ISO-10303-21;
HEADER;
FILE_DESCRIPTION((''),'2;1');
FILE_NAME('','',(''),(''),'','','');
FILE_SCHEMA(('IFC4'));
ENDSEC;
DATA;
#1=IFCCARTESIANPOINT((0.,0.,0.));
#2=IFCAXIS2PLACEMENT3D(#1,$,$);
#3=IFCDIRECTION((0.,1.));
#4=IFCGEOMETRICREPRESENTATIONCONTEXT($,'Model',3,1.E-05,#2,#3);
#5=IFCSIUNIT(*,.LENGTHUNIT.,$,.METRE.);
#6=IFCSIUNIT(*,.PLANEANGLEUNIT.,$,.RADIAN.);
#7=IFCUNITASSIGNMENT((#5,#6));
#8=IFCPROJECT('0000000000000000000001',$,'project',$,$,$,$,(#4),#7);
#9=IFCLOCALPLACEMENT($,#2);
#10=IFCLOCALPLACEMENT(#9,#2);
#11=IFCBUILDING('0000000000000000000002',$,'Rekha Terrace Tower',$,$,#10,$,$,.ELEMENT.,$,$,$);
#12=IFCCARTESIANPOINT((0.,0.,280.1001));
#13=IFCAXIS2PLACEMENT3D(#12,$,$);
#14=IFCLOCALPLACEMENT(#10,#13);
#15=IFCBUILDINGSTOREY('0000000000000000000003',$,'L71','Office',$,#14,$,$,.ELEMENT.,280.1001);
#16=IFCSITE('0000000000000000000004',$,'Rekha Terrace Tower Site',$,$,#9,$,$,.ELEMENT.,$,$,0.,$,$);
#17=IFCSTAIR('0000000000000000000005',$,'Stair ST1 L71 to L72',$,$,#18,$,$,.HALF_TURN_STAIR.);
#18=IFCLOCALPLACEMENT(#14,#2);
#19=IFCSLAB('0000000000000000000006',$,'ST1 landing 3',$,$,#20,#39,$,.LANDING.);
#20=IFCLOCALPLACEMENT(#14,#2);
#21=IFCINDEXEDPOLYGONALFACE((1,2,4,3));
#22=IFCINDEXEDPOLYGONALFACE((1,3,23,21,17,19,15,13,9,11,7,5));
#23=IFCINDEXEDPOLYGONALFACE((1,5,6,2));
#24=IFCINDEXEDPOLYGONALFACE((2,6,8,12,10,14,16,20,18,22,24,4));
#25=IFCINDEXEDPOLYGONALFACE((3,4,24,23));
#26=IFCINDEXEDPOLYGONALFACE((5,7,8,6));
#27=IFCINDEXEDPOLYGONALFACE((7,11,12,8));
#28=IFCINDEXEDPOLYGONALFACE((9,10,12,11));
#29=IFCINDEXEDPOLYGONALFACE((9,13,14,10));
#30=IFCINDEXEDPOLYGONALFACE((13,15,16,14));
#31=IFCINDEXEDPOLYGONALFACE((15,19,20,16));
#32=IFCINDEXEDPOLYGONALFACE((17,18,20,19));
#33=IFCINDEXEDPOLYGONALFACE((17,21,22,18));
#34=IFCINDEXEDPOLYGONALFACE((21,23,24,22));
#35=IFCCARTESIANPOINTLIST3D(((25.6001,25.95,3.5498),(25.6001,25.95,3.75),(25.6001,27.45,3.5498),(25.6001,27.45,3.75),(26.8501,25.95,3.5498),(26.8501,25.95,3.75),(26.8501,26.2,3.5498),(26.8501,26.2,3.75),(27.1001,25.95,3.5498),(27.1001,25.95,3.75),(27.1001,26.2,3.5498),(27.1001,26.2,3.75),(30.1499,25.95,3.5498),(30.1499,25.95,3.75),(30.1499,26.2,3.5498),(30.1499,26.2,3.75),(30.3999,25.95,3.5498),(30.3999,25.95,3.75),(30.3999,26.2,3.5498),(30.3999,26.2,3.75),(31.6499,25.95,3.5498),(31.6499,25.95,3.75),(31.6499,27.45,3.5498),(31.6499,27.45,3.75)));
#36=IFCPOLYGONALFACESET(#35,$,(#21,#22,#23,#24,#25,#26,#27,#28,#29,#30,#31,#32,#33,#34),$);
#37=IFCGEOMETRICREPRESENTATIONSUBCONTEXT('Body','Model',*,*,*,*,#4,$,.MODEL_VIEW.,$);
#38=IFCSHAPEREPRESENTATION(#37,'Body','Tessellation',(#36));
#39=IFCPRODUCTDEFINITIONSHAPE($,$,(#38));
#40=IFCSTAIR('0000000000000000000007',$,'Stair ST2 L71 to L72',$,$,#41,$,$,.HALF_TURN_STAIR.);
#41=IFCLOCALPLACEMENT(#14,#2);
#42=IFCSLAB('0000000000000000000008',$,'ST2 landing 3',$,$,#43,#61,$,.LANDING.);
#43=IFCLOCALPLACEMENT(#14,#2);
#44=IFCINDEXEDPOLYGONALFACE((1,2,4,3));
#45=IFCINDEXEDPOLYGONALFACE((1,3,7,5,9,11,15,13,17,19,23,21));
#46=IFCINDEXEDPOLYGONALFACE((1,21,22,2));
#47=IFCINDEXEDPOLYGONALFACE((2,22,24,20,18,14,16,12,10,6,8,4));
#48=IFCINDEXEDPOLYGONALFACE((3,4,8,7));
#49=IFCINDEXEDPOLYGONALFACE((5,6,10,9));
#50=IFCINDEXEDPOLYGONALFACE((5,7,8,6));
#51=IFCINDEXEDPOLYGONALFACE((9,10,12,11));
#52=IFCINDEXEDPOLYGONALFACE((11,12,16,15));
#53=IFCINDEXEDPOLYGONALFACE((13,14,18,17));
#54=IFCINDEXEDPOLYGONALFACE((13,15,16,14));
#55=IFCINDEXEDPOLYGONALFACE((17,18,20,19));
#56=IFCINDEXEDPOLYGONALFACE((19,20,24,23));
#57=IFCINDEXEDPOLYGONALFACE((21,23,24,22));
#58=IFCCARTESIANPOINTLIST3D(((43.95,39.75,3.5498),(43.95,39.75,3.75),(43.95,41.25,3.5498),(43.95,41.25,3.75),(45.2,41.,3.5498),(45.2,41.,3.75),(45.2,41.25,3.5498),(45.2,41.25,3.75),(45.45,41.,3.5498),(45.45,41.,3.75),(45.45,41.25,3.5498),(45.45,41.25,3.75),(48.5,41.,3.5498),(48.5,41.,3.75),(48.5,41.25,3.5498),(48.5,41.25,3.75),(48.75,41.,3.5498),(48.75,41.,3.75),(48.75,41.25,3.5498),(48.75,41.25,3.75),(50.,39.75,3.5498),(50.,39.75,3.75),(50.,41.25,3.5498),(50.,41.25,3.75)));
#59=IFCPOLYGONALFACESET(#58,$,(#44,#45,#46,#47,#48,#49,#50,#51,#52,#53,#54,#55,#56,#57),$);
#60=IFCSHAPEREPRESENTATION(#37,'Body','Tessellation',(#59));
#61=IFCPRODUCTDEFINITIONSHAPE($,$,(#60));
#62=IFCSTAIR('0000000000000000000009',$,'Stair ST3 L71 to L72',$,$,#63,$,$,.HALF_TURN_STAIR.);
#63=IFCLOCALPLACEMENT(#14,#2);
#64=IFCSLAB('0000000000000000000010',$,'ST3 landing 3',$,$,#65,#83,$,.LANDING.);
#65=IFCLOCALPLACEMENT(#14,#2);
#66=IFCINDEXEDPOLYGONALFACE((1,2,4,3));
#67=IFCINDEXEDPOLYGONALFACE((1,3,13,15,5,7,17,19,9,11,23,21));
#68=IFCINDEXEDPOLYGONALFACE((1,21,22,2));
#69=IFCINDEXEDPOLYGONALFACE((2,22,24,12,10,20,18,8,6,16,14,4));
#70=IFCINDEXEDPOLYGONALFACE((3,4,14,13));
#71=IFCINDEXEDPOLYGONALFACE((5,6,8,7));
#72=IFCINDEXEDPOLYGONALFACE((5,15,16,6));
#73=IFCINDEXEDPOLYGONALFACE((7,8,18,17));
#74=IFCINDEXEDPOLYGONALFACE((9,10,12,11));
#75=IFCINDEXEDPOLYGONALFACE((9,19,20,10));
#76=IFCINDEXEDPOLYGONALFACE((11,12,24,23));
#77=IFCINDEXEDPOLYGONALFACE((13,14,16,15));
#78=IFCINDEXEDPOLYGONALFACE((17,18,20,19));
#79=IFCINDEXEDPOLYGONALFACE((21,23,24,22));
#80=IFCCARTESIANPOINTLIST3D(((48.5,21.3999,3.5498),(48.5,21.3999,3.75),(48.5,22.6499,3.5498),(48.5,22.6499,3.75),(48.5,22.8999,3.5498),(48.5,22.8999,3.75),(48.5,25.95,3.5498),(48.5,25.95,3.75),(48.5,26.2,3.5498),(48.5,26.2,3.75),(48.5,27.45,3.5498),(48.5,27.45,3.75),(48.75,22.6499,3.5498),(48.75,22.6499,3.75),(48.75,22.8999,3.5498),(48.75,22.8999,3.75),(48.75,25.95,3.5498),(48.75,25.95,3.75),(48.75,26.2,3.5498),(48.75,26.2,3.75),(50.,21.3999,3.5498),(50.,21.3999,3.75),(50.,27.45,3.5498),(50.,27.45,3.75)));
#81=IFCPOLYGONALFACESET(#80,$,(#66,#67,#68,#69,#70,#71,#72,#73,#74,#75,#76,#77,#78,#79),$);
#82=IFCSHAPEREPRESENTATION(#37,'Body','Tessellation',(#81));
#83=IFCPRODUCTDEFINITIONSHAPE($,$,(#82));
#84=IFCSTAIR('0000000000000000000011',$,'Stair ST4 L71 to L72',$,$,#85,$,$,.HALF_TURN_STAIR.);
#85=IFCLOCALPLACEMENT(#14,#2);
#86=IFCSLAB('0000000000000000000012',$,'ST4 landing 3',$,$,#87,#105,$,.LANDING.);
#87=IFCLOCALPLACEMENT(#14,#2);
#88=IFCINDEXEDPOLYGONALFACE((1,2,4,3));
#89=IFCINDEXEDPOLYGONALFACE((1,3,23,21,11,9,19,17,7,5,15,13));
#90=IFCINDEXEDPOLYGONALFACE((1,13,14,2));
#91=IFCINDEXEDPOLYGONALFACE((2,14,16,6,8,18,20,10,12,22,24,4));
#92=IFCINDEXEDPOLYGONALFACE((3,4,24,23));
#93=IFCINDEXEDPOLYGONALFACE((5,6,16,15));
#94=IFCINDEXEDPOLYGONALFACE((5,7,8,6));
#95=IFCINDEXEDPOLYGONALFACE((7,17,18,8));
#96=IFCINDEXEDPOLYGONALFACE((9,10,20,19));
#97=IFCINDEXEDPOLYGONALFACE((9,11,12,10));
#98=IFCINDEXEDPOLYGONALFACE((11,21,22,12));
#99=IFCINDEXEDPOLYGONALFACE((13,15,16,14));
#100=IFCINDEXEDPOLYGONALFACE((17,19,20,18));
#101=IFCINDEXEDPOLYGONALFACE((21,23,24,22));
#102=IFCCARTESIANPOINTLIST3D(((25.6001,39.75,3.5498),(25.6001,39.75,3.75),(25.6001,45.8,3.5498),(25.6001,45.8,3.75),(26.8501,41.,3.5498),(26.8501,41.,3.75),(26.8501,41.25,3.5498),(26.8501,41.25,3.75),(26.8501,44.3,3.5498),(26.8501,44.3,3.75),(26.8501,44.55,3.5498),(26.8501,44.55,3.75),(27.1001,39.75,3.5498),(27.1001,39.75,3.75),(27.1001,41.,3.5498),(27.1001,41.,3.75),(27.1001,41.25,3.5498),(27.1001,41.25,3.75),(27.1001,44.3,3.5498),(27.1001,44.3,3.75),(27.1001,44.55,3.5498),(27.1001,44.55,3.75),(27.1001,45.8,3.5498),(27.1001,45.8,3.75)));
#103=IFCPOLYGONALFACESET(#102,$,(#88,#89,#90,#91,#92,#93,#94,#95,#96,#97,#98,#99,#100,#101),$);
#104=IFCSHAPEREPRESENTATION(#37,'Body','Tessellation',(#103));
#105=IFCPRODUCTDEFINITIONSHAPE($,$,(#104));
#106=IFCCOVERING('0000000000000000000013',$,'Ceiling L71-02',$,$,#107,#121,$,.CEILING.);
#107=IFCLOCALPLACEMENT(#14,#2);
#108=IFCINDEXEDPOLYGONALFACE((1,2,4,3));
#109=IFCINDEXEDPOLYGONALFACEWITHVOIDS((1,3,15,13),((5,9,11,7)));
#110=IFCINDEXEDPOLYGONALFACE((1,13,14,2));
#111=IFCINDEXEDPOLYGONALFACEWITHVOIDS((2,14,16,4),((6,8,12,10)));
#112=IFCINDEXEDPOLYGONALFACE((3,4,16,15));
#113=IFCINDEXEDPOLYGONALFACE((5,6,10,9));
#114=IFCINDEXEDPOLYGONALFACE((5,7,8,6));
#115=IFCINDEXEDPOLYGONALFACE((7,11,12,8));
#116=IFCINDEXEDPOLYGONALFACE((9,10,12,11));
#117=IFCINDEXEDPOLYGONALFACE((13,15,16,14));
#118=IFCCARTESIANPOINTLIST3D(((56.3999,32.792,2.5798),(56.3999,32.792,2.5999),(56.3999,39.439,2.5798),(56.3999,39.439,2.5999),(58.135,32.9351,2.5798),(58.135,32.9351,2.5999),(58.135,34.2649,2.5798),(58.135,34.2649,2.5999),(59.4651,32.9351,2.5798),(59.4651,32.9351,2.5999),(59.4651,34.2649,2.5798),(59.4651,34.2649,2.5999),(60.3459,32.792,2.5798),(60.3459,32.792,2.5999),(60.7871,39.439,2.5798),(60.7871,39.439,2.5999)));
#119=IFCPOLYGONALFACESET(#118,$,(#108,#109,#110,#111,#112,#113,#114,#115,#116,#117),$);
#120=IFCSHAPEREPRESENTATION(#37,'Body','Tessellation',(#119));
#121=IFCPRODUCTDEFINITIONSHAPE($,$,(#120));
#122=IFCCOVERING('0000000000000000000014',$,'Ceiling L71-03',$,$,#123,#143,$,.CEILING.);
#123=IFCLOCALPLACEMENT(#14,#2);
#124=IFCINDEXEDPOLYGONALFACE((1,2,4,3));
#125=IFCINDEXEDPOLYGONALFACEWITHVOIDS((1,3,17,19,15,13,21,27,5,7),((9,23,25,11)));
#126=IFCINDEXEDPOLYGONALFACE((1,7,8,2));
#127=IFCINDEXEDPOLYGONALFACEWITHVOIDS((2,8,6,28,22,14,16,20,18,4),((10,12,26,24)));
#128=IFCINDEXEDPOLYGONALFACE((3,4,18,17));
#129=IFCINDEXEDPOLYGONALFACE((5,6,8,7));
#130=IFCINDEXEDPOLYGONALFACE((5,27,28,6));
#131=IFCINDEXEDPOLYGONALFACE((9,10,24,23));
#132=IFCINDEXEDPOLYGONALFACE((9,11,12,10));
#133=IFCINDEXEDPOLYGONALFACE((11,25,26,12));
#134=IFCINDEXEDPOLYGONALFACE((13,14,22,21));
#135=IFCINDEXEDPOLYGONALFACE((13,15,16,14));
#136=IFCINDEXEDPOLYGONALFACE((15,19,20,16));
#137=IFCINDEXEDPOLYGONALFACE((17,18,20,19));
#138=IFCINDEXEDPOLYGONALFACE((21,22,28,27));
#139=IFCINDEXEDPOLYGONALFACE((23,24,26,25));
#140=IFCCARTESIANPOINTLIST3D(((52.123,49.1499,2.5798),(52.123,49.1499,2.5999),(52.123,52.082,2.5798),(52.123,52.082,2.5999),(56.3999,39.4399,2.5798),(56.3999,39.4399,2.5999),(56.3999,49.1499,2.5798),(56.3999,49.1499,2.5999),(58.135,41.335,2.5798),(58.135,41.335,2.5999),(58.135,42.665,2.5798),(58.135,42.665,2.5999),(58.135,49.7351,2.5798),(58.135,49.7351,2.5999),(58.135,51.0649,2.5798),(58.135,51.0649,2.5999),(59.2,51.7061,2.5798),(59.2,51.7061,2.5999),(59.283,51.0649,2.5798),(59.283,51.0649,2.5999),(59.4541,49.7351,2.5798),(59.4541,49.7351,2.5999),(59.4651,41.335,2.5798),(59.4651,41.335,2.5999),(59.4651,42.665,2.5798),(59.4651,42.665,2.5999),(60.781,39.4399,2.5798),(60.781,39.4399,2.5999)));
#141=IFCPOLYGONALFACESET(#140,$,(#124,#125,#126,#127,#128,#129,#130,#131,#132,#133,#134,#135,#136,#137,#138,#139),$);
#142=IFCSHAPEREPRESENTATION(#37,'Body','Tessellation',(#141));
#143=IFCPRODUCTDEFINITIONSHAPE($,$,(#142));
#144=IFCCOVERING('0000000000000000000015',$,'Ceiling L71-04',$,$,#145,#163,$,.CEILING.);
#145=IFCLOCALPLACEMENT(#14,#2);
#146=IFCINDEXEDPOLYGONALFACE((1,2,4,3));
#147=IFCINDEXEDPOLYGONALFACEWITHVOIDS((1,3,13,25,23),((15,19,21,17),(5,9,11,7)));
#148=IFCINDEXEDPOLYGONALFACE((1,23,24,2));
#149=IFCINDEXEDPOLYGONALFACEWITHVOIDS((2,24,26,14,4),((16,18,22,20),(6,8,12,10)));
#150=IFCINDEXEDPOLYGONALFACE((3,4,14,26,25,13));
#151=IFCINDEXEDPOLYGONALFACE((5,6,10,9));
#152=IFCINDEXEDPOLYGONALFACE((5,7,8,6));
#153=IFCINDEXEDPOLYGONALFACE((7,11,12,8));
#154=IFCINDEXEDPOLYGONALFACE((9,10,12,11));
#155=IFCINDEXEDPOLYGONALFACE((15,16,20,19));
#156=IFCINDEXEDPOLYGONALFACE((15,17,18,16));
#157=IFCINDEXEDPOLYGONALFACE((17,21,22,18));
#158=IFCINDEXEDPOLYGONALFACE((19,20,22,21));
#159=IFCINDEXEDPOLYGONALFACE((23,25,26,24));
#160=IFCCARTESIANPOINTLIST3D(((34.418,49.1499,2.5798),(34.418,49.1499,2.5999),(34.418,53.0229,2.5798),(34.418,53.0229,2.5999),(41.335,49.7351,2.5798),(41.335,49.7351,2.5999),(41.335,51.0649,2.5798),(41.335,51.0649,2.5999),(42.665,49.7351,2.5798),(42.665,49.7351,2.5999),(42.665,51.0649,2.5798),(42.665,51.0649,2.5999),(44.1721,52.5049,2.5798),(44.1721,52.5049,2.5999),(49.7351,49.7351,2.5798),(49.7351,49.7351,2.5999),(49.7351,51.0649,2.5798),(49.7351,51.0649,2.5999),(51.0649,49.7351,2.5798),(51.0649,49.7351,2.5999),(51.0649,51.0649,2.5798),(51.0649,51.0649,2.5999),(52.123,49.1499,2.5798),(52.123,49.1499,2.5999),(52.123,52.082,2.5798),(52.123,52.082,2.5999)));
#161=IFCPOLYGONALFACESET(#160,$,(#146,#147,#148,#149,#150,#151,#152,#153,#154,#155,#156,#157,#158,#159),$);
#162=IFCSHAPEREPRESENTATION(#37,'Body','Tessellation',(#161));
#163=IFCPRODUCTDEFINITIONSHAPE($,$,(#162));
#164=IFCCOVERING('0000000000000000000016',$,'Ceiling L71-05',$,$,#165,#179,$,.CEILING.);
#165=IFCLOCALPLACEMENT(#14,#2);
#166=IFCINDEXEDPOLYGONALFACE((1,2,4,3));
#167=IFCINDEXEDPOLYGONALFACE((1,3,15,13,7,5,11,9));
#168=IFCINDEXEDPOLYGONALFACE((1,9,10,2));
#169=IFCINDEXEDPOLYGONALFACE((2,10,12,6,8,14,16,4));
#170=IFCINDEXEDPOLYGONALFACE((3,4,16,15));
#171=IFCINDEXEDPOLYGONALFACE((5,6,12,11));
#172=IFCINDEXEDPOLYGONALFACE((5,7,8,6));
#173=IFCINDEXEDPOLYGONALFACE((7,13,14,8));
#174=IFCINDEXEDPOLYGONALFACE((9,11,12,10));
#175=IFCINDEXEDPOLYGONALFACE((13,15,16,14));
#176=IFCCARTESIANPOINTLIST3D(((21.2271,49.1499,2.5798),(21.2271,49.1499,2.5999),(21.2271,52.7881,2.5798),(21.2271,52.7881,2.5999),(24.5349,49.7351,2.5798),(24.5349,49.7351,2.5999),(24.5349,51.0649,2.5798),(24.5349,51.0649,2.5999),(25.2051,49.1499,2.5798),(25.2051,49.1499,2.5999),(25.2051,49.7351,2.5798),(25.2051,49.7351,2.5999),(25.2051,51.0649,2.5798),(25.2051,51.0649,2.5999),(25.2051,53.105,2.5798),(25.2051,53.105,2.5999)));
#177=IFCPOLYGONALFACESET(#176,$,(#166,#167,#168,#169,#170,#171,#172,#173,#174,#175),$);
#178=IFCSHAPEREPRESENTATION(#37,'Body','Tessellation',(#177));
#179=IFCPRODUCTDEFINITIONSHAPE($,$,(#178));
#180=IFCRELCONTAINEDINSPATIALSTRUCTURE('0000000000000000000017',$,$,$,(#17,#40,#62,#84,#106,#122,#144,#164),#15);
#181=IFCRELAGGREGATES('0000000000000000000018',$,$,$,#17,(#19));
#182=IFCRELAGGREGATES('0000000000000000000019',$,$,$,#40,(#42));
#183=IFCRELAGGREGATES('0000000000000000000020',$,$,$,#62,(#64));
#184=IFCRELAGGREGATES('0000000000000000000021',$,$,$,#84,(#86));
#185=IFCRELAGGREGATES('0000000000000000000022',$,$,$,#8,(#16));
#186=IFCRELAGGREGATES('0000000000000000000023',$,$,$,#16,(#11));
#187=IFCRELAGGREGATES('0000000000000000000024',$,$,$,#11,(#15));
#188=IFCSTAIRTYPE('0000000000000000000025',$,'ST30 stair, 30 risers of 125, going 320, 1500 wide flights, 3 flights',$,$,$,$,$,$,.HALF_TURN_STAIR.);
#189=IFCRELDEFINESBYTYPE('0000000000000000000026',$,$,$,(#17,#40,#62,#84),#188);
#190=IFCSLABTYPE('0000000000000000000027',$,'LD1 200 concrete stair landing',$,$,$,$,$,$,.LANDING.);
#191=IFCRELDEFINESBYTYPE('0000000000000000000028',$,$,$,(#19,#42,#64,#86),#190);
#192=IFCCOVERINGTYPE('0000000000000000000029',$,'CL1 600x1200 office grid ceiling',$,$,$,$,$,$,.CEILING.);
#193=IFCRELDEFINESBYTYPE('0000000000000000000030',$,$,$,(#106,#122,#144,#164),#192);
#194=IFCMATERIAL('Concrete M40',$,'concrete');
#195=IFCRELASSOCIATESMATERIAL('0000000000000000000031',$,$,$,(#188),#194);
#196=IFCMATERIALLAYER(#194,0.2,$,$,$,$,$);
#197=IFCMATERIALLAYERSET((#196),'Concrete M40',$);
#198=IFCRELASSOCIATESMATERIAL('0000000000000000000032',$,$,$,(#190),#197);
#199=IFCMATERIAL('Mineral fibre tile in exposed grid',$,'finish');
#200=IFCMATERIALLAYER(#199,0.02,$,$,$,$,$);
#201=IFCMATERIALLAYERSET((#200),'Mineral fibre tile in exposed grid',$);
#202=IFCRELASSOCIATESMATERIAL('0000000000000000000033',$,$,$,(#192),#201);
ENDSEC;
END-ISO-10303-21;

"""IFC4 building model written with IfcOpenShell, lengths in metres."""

from ifc_helpers import new_model, si_unit, direction, frame, origin, place, context, subcontext, project, spatial, polyline, outline, extrude, material, layer, layer_set, type_object, element, aggregate, save


model = new_model("IFC4")

# Units and contexts
model_context = context("Model", 3, precision=1e-05, world=origin(), true_north=direction((0.0, 1.0)))
body_context = subcontext(model_context, "Body", "Model", "MODEL_VIEW")
ifc_project = project(units=[si_unit("LENGTHUNIT", "METRE"), si_unit("PLANEANGLEUNIT", "RADIAN")], contexts=[model_context])

# Site, building, storey
site_placement = place(None, origin())
site = spatial("IfcSite", under=ifc_project, at=site_placement, Name="Rekha Terrace Tower Site", CompositionType="ELEMENT", RefElevation=0.0)
building_placement = place(site_placement, origin())
building = spatial("IfcBuilding", under=site, at=building_placement, Name="Rekha Terrace Tower", CompositionType="ELEMENT")
storey_placement = place(building_placement, frame((0.0, 0.0, 280.1001)))
storey = spatial("IfcBuildingStorey", under=building, at=storey_placement, Name="L71", Description="Office", CompositionType="ELEMENT", Elevation=280.1001)

# Stairs, slabs
ifc_material_1 = material(Name="Concrete M40", Category="concrete")
stair_type = type_object("IfcStairType", Name="ST30 stair, 30 risers of 125, going 320, 1500 wide flights, 3 flights", PredefinedType="HALF_TURN_STAIR", material=ifc_material_1)
stair_1_placement = place(storey_placement, origin())
stair_1 = element("IfcStair", 1, at=stair_1_placement, inside=storey, type_object=stair_type, Name="Stair ST1 L71 to L72", PredefinedType="HALF_TURN_STAIR")
ifc_layer_1 = layer(ifc_material_1, 0.2)
ifc_layer_set_1 = layer_set([ifc_layer_1], Name="Concrete M40")
slab_type = type_object("IfcSlabType", Name="LD1 200 concrete stair landing", PredefinedType="LANDING", material=ifc_layer_set_1)
slab_1_placement = place(storey_placement, frame((0.0, 0.0, 3.5498)))
slab_1 = element("IfcSlab", 2, at=slab_1_placement, type_object=slab_type, Name="ST1 landing 3", PredefinedType="LANDING", context=body_context, shape_type="SweptSolid", body=[
    extrude(outline(polyline([(31.6499, 25.95), (31.6499, 27.45), (25.6001, 27.45), (25.6001, 25.95), (26.8501, 25.95), (26.8501, 26.2), (27.1001, 26.2), (27.1001, 25.95), (30.1499, 25.95), (30.1499, 26.2), (30.3999, 26.2), (30.3999, 25.95), (31.6499, 25.95)])), origin(), (0.0, 0.0, 1.0), 0.2002),
])
aggregate(stair_1, [slab_1])
stair_2_placement = place(storey_placement, origin())
stair_2 = element("IfcStair", 3, at=stair_2_placement, inside=storey, type_object=stair_type, Name="Stair ST2 L71 to L72", PredefinedType="HALF_TURN_STAIR")
slab_2_placement = place(storey_placement, frame((0.0, 0.0, 3.5498)))
slab_2 = element("IfcSlab", 4, at=slab_2_placement, type_object=slab_type, Name="ST2 landing 3", PredefinedType="LANDING", context=body_context, shape_type="SweptSolid", body=[
    extrude(outline(polyline([(43.95, 41.25), (43.95, 39.75), (50.0, 39.75), (50.0, 41.25), (48.75, 41.25), (48.75, 41.0), (48.5, 41.0), (48.5, 41.25), (45.45, 41.25), (45.45, 41.0), (45.2, 41.0), (45.2, 41.25), (43.95, 41.25)])), origin(), (0.0, 0.0, 1.0), 0.2002),
])
aggregate(stair_2, [slab_2])
stair_3_placement = place(storey_placement, origin())
stair_3 = element("IfcStair", 5, at=stair_3_placement, inside=storey, type_object=stair_type, Name="Stair ST3 L71 to L72", PredefinedType="HALF_TURN_STAIR")
slab_3_placement = place(storey_placement, frame((0.0, 0.0, 3.5498)))
slab_3 = element("IfcSlab", 6, at=slab_3_placement, type_object=slab_type, Name="ST3 landing 3", PredefinedType="LANDING", context=body_context, shape_type="SweptSolid", body=[
    extrude(outline(polyline([(48.5, 21.3999), (50.0, 21.3999), (50.0, 27.45), (48.5, 27.45), (48.5, 26.2), (48.75, 26.2), (48.75, 25.95), (48.5, 25.95), (48.5, 22.8999), (48.75, 22.8999), (48.75, 22.6499), (48.5, 22.6499), (48.5, 21.3999)])), origin(), (0.0, 0.0, 1.0), 0.2002),
])
aggregate(stair_3, [slab_3])
stair_4_placement = place(storey_placement, origin())
stair_4 = element("IfcStair", 7, at=stair_4_placement, inside=storey, type_object=stair_type, Name="Stair ST4 L71 to L72", PredefinedType="HALF_TURN_STAIR")
slab_4_placement = place(storey_placement, frame((0.0, 0.0, 3.5498)))
slab_4 = element("IfcSlab", 8, at=slab_4_placement, type_object=slab_type, Name="ST4 landing 3", PredefinedType="LANDING", context=body_context, shape_type="SweptSolid", body=[
    extrude(outline(polyline([(27.1001, 39.75), (25.6001, 39.75), (25.6001, 45.8), (27.1001, 45.8), (27.1001, 44.55), (26.8501, 44.55), (26.8501, 44.3), (27.1001, 44.3), (27.1001, 41.25), (26.8501, 41.25), (26.8501, 41.0), (27.1001, 41.0), (27.1001, 39.75)])), origin(), (0.0, 0.0, 1.0), 0.2002),
])
aggregate(stair_4, [slab_4])

# Coverings
ifc_material_2 = material(Name="Mineral fibre tile in exposed grid", Category="finish")
ifc_layer_2 = layer(ifc_material_2, 0.02)
ifc_layer_set_2 = layer_set([ifc_layer_2], Name="Mineral fibre tile in exposed grid")
covering_type_1 = type_object("IfcCoveringType", Name="CL1 600x1200 office grid ceiling", PredefinedType="CEILING", material=ifc_layer_set_2)
covering_1_placement = place(storey_placement, frame((0.0, 0.0, 2.5798)))
element("IfcCovering", 9, at=covering_1_placement, inside=storey, type_object=covering_type_1, Name="Ceiling L71-02", PredefinedType="CEILING", context=body_context, shape_type="SweptSolid", body=[
    extrude(outline(polyline([(56.3999, 32.792), (60.3459, 32.792), (60.7871, 39.439), (56.3999, 39.439), (56.3999, 32.792)]), holes=[polyline([(59.4651, 34.2649), (59.4651, 32.9351), (58.135, 32.9351), (58.135, 34.2649), (59.4651, 34.2649)])]), origin(), (0.0, 0.0, 1.0), 0.02),
])
covering_2_placement = place(storey_placement, frame((0.0, 0.0, 2.5798)))
element("IfcCovering", 10, at=covering_2_placement, inside=storey, type_object=covering_type_1, Name="Ceiling L71-03", PredefinedType="CEILING", context=body_context, shape_type="SweptSolid", body=[
    extrude(outline(polyline([(59.2, 51.7061), (52.123, 52.082), (52.123, 49.1499), (56.3999, 49.1499), (56.3999, 39.4399), (60.781, 39.4399), (59.4541, 49.7351), (58.135, 49.7351), (58.135, 51.0649), (59.283, 51.0649), (59.2, 51.7061)]), holes=[polyline([(59.4651, 41.335), (58.135, 41.335), (58.135, 42.665), (59.4651, 42.665), (59.4651, 41.335)])]), origin(), (0.0, 0.0, 1.0), 0.02),
])
covering_3_placement = place(storey_placement, frame((0.0, 0.0, 2.5798)))
element("IfcCovering", 11, at=covering_3_placement, inside=storey, type_object=covering_type_1, Name="Ceiling L71-04", PredefinedType="CEILING", context=body_context, shape_type="SweptSolid", body=[
    extrude(outline(polyline([(52.123, 49.1499), (52.123, 52.082), (44.1721, 52.5049), (34.418, 53.0229), (34.418, 49.1499), (52.123, 49.1499)]), holes=[polyline([(51.0649, 51.0649), (51.0649, 49.7351), (49.7351, 49.7351), (49.7351, 51.0649), (51.0649, 51.0649)]), polyline([(42.665, 49.7351), (41.335, 49.7351), (41.335, 51.0649), (42.665, 51.0649), (42.665, 49.7351)])]), origin(), (0.0, 0.0, 1.0), 0.02),
])
covering_4_placement = place(storey_placement, frame((0.0, 0.0, 2.5798)))
element("IfcCovering", 12, at=covering_4_placement, inside=storey, type_object=covering_type_1, Name="Ceiling L71-05", PredefinedType="CEILING", context=body_context, shape_type="SweptSolid", body=[
    extrude(outline(polyline([(25.2051, 51.0649), (25.2051, 53.105), (21.2271, 52.7881), (21.2271, 49.1499), (25.2051, 49.1499), (25.2051, 49.7351), (24.5349, 49.7351), (24.5349, 51.0649), (25.2051, 51.0649)])), origin(), (0.0, 0.0, 1.0), 0.02),
])

save(model, "model.ifc")
